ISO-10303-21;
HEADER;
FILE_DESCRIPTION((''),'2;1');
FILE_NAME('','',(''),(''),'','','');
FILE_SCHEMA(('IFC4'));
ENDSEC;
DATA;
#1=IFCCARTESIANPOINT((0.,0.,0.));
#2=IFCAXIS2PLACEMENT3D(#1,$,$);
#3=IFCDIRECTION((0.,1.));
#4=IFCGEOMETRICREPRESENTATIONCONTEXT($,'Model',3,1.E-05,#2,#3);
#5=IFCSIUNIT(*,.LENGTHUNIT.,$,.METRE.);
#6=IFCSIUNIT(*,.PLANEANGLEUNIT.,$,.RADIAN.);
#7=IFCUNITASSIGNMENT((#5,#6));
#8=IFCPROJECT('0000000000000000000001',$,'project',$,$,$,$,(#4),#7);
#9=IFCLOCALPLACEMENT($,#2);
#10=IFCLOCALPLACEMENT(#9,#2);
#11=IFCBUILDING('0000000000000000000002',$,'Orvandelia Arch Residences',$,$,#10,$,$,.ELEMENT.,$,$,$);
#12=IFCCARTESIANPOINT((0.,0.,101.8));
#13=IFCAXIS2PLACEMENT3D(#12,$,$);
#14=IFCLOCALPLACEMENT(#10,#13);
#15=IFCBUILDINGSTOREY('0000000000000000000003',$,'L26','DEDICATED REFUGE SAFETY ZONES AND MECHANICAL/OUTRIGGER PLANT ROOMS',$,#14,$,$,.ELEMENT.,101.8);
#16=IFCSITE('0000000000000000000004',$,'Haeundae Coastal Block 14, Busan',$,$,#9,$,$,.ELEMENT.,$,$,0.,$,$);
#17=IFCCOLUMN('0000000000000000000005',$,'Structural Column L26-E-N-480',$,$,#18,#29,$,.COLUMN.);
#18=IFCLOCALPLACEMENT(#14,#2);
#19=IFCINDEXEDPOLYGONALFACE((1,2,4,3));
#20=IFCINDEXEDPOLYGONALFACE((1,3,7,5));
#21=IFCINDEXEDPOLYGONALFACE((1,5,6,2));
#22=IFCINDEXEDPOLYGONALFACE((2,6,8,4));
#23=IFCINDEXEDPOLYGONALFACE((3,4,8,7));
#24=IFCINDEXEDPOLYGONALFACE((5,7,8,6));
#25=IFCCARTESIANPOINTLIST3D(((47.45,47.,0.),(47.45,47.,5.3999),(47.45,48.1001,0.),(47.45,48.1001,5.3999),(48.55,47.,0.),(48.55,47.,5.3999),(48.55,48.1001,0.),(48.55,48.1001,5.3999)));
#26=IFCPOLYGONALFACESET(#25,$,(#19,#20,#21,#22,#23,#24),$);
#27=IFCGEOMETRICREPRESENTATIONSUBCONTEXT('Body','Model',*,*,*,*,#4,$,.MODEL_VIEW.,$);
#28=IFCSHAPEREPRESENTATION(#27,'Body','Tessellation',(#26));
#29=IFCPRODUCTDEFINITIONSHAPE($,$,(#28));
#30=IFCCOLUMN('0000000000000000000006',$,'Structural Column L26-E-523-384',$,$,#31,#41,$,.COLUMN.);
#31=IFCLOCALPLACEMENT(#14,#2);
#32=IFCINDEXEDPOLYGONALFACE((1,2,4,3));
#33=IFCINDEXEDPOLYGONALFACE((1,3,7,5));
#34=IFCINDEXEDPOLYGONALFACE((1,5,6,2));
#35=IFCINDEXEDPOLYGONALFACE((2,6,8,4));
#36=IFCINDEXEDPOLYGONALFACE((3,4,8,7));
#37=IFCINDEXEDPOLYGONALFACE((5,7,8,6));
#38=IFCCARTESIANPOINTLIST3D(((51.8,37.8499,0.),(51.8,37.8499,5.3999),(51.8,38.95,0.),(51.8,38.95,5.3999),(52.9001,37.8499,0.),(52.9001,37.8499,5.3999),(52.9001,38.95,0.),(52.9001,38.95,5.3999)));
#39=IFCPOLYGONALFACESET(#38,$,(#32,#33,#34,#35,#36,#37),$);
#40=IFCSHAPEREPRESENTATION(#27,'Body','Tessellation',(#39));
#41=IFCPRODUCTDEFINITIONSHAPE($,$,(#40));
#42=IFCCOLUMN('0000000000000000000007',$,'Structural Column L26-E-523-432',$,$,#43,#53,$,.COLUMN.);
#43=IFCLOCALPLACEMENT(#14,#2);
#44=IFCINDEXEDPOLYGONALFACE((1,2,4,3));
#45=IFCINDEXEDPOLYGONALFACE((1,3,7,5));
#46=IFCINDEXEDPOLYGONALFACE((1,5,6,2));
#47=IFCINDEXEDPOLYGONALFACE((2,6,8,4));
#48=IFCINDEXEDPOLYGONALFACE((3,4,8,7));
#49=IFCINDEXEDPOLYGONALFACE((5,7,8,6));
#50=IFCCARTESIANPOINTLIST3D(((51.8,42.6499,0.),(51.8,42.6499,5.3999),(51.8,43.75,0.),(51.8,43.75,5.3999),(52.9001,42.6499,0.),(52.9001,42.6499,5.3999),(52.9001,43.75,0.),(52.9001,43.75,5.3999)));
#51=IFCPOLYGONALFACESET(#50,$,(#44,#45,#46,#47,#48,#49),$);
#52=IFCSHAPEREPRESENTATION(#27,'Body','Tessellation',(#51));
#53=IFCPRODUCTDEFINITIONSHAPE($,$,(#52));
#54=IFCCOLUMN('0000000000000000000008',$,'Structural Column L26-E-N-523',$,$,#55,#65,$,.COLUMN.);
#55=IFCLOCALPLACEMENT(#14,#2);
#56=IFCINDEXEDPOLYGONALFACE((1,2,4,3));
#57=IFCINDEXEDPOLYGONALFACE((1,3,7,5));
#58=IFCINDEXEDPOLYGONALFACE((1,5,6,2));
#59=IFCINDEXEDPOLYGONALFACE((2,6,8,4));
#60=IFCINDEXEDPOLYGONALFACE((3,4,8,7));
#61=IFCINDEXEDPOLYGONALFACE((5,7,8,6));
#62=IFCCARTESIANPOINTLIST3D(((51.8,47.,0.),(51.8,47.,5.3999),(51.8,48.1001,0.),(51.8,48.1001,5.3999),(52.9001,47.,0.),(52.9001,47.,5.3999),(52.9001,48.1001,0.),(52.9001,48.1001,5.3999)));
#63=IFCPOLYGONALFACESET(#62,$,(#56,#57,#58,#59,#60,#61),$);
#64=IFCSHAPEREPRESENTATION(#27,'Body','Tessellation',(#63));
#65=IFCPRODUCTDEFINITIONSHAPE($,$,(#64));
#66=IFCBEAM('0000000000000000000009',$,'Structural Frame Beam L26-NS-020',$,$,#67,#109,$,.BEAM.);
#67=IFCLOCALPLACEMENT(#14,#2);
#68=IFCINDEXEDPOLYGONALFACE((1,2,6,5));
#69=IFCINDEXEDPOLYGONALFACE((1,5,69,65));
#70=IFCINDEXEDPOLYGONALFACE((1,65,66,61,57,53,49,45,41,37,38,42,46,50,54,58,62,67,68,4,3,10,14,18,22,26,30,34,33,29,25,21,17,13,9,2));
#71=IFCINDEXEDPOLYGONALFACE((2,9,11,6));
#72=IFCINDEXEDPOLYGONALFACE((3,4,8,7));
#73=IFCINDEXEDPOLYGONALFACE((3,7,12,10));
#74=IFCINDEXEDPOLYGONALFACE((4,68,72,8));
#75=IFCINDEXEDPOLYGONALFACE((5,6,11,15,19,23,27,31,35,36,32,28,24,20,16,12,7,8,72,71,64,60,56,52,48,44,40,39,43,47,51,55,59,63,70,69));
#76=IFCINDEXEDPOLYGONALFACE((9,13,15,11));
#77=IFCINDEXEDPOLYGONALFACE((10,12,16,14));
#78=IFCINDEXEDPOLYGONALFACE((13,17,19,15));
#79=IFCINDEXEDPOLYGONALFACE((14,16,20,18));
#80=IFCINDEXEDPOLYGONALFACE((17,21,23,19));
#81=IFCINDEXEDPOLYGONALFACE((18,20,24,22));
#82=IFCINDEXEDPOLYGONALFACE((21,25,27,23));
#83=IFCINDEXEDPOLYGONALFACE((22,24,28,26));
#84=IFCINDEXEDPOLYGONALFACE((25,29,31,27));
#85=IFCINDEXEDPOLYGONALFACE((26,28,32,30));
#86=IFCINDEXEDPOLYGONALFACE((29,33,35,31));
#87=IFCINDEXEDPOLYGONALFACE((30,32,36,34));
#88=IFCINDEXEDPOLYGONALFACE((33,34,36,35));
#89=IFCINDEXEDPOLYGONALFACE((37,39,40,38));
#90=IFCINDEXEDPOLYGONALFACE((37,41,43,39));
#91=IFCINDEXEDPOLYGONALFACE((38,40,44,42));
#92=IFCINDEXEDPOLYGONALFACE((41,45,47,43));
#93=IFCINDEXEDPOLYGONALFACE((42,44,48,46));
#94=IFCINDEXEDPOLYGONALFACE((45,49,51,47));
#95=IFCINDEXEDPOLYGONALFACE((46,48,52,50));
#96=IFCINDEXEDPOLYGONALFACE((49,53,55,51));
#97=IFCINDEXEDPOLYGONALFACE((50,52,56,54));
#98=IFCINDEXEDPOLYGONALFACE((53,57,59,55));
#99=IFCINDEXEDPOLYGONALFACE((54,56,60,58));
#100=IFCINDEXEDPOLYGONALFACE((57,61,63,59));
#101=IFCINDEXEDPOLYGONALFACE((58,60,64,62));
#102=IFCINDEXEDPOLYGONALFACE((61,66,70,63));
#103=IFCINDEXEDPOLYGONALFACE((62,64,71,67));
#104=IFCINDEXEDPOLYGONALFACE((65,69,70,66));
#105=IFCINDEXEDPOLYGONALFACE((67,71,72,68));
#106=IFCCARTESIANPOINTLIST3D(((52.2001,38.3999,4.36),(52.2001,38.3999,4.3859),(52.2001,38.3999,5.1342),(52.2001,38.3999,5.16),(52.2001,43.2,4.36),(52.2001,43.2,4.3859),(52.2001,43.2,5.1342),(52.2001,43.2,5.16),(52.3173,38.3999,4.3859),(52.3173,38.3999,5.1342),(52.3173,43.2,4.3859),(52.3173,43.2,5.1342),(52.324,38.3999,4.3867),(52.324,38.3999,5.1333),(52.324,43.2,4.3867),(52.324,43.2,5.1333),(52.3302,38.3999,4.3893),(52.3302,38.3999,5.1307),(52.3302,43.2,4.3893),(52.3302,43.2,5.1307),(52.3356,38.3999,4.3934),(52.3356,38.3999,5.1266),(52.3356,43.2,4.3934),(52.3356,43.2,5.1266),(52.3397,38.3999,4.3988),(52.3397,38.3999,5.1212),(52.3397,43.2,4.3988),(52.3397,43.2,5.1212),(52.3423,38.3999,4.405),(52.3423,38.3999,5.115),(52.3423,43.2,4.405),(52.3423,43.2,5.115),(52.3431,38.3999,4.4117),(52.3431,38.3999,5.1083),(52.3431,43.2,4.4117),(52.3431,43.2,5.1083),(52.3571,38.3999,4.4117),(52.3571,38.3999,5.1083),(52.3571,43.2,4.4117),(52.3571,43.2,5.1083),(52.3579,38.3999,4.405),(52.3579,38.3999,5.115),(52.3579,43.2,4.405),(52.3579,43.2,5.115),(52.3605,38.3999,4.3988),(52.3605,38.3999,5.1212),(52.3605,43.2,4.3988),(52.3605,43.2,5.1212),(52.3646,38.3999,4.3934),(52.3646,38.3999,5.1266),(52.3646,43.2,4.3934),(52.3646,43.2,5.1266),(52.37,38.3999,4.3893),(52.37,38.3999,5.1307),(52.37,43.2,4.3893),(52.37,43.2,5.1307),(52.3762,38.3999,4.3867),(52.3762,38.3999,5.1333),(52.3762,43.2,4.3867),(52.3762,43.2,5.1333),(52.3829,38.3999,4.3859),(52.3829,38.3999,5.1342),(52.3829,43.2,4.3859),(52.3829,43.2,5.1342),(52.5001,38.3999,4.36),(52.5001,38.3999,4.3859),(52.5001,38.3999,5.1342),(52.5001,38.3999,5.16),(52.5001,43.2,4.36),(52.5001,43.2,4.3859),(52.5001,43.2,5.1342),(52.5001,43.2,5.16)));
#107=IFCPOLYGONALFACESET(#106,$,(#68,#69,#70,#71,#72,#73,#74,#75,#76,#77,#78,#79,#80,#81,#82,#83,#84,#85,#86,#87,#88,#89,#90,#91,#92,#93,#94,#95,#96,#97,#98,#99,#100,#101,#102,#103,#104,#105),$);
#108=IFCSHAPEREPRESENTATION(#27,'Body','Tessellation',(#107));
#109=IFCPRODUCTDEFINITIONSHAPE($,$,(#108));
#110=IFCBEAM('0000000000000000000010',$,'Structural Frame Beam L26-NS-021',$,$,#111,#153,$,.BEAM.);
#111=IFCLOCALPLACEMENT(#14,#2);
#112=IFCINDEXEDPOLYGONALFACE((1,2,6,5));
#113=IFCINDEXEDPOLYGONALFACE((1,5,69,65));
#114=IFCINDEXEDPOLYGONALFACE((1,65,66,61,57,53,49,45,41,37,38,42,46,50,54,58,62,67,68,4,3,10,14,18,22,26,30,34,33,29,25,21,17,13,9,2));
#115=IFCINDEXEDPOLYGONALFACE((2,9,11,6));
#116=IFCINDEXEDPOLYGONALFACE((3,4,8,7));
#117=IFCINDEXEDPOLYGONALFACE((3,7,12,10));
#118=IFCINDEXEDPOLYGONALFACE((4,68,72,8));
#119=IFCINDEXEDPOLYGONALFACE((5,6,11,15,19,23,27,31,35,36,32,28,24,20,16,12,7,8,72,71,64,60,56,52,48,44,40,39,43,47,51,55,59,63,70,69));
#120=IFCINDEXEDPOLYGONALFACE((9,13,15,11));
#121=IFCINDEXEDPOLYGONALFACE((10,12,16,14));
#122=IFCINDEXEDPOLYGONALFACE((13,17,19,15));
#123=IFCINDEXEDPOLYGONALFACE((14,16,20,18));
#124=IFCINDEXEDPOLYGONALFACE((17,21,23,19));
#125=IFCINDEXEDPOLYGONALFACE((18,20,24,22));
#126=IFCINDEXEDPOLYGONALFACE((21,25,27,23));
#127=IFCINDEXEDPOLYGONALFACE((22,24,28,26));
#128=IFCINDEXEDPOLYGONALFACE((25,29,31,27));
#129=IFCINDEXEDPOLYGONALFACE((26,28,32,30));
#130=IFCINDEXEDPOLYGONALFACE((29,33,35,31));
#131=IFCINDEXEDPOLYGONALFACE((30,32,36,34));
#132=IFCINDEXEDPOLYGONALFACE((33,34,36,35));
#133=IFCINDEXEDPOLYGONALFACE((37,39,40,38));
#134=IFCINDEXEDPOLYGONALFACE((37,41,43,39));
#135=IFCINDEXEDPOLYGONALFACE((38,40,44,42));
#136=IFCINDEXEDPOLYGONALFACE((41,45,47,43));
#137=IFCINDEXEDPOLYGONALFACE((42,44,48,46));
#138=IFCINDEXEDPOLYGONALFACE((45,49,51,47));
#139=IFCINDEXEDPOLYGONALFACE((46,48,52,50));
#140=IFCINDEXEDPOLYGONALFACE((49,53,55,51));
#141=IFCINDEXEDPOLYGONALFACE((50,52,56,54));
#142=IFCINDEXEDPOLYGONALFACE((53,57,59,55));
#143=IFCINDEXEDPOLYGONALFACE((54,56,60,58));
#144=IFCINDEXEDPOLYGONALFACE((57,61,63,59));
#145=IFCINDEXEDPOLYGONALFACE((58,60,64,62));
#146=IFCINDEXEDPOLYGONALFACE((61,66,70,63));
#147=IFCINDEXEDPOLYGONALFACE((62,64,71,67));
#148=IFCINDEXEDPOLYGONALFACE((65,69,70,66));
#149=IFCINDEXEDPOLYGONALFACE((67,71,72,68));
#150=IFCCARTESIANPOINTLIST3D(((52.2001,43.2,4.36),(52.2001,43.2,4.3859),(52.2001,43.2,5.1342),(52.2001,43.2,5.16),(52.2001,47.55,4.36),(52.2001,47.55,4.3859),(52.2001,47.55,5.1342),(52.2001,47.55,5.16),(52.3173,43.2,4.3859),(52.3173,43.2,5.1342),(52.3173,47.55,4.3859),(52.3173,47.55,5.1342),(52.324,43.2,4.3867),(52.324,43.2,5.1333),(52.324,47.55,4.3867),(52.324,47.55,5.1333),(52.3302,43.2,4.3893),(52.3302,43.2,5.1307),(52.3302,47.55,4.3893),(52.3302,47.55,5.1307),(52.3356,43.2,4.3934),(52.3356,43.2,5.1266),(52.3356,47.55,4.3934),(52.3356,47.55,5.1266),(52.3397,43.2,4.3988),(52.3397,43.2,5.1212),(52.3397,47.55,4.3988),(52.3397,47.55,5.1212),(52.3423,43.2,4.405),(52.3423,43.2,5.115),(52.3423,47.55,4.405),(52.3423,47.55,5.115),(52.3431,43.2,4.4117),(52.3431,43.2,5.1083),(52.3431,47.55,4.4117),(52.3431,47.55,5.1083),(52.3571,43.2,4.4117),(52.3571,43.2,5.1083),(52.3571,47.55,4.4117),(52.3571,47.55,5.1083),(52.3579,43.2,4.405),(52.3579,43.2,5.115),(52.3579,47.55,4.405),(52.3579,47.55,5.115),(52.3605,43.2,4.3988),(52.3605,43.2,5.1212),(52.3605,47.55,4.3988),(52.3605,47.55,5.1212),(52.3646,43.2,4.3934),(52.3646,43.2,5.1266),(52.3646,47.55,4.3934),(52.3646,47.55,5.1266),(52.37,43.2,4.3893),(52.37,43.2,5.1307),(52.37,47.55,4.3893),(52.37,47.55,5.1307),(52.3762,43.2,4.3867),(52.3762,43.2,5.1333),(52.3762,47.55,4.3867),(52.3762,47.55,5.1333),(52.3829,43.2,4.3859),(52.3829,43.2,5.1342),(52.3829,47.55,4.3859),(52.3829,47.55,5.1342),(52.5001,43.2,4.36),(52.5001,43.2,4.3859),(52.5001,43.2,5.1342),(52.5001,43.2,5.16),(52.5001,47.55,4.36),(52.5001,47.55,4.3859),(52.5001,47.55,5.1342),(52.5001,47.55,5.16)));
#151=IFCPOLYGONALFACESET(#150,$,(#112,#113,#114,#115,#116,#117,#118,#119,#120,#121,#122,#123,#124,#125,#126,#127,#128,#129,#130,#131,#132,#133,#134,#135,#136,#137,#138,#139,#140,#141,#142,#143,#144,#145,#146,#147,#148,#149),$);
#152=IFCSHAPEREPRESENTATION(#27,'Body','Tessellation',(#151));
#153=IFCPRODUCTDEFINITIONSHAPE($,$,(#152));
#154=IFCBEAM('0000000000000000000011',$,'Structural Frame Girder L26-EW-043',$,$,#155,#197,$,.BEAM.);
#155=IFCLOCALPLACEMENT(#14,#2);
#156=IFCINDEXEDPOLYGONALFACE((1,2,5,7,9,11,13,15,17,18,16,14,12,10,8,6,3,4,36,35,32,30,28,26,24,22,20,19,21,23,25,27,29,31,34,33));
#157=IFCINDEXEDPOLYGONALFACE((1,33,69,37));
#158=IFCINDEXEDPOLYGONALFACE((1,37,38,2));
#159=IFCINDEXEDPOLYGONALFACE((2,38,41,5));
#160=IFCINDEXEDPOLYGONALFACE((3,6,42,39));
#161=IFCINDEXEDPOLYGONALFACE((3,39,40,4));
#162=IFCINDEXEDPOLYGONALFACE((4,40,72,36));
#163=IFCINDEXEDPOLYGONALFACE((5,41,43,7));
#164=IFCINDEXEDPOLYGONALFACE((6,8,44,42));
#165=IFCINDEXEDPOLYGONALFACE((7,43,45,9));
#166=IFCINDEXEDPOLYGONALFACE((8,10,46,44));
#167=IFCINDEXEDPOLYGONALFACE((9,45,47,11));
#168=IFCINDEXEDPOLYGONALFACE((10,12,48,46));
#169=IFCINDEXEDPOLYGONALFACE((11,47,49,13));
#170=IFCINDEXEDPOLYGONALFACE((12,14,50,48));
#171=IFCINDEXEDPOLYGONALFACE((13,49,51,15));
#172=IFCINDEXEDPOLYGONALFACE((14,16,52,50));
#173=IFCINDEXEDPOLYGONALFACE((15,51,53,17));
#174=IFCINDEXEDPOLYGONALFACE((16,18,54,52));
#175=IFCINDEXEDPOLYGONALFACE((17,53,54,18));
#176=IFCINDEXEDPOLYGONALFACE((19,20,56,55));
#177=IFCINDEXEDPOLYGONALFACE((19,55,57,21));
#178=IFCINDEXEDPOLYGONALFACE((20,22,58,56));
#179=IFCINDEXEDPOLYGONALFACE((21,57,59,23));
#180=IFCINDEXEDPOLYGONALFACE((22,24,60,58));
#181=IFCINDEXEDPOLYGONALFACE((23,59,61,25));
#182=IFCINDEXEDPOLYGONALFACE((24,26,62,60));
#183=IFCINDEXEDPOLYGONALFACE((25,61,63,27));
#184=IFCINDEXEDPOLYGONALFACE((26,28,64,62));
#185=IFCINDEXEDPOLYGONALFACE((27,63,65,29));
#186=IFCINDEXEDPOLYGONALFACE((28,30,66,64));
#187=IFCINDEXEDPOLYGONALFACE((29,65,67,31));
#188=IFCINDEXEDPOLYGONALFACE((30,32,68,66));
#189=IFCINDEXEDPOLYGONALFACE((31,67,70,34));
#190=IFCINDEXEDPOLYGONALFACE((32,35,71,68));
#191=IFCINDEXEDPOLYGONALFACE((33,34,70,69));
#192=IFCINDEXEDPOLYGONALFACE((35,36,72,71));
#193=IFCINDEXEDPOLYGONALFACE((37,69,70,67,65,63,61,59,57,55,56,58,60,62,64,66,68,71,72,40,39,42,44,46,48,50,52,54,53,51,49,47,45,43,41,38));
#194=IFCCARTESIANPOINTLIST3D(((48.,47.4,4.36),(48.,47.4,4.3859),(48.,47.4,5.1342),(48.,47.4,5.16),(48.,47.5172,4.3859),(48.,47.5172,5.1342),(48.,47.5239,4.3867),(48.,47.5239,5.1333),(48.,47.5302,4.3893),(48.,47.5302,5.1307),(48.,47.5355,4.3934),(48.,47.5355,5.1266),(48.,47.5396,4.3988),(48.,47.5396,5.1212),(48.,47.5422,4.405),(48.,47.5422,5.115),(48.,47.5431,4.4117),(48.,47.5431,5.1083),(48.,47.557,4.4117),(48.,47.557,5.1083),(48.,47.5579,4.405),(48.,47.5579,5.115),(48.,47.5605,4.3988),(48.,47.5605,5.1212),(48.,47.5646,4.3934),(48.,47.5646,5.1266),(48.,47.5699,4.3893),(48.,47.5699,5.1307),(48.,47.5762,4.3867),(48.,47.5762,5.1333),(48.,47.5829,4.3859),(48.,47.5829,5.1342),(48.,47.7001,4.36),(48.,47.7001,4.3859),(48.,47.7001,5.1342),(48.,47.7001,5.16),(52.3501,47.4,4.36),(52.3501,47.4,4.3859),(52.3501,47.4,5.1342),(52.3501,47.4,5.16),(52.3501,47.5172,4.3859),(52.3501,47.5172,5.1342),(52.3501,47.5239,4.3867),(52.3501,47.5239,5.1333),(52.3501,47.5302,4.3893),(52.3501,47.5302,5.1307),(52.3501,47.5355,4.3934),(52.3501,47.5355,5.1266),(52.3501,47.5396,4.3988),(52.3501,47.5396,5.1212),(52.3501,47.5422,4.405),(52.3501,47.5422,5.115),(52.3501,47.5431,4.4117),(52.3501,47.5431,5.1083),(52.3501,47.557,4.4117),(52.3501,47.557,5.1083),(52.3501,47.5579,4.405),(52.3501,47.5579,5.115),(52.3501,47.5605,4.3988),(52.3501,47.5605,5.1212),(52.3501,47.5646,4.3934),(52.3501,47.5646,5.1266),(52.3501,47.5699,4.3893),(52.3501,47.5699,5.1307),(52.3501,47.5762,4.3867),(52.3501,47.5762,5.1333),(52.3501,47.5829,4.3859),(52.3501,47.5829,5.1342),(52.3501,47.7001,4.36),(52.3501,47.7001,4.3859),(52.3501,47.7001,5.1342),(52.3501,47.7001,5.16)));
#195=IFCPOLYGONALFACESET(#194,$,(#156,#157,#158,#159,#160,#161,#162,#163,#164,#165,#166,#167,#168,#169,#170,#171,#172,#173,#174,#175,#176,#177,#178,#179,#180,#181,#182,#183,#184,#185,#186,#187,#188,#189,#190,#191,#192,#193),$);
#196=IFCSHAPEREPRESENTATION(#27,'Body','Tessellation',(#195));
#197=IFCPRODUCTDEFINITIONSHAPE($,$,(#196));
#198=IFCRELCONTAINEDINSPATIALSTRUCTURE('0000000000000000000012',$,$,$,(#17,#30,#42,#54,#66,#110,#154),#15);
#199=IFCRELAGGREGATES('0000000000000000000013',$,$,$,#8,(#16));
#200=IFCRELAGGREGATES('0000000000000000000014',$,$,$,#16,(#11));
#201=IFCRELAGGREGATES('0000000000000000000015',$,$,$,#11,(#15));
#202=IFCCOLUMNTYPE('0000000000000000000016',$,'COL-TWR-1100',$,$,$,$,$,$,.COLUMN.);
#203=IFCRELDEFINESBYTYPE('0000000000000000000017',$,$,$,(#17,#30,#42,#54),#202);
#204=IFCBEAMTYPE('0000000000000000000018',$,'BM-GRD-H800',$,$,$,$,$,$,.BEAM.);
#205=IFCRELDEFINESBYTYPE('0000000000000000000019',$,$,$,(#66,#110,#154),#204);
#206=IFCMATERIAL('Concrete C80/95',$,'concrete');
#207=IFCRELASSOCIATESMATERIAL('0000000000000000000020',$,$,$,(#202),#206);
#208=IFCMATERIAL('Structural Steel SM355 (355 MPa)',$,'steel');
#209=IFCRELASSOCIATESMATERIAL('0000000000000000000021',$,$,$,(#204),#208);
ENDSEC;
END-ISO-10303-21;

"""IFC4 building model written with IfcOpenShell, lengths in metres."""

from ifc_helpers import new_model, si_unit, direction, frame, origin, origin_2d, place, context, subcontext, project, spatial, rectangle, i_section, extrude, material, material_profile, profile_set, type_object, element, save


model = new_model("IFC4")

# Units and contexts
model_context = context("Model", 3, precision=1e-05, world=origin(), true_north=direction((0.0, 1.0)))
body_context = subcontext(model_context, "Body", "Model", "MODEL_VIEW")
ifc_project = project(units=[si_unit("LENGTHUNIT", "METRE"), si_unit("PLANEANGLEUNIT", "RADIAN")], contexts=[model_context])

# Site, building, storey
site_placement = place(None, origin())
site = spatial("IfcSite", under=ifc_project, at=site_placement, Name="Haeundae Coastal Block 14, Busan", CompositionType="ELEMENT", RefElevation=0.0)
building_placement = place(site_placement, origin())
building = spatial("IfcBuilding", under=site, at=building_placement, Name="Orvandelia Arch Residences", CompositionType="ELEMENT")
storey_placement = place(building_placement, frame((0.0, 0.0, 101.8)))
storey = spatial("IfcBuildingStorey", under=building, at=storey_placement, Name="L26", Description="DEDICATED REFUGE SAFETY ZONES AND MECHANICAL/OUTRIGGER PLANT ROOMS", CompositionType="ELEMENT", Elevation=101.8)

# Columns
ifc_material_1 = material(Name="Concrete C80/95", Category="concrete")
ifc_material_profile_1 = material_profile(ifc_material_1, rectangle(XDim=1.1001, YDim=1.1001, at=origin_2d()), Name="Concrete C80/95", Category="concrete")
ifc_profile_set_1 = profile_set([ifc_material_profile_1], Name="Concrete C80/95")
column_type = type_object("IfcColumnType", Name="COL-TWR-1100", PredefinedType="COLUMN", material=ifc_profile_set_1)
for number, where, z_axis, x_axis, name in (
    (1, (48.0, 47.55, 0.0), (0.0, 0.0, 1.0), (1.0, 0.0, 0.0), "Structural Column L26-E-N-480"),
    (2, (52.3501, 38.3999, 0.0), (0.0, 0.0, 1.0), (1.0, 0.0, 0.0), "Structural Column L26-E-523-384"),
    (3, (52.3501, 43.2, 0.0), (0.0, 0.0, 1.0), (1.0, 0.0, 0.0), "Structural Column L26-E-523-432"),
    (4, (52.3501, 47.55, 0.0), (0.0, 0.0, 1.0), (1.0, 0.0, 0.0), "Structural Column L26-E-N-523"),
):
    element("IfcColumn", number, at=place(storey_placement, frame(where, z_axis=z_axis, x_axis=x_axis)), inside=storey, type_object=column_type, Name=name, PredefinedType="COLUMN", context=body_context, shape_type="SweptSolid", body=[
        extrude(rectangle(XDim=1.1001, YDim=1.1001, at=origin_2d()), origin(), (0.0, 0.0, 1.0), 5.3999),
    ])

# Beams
ifc_material_2 = material(Name="Structural Steel SM355 (355 MPa)", Category="steel")
ifc_material_profile_2 = material_profile(ifc_material_2, i_section(OverallWidth=0.3, OverallDepth=0.8, WebThickness=0.0139, FlangeThickness=0.0259, FilletRadius=0.0259, at=origin_2d()), Name="Structural Steel SM355 (355 MPa)", Category="steel")
ifc_profile_set_2 = profile_set([ifc_material_profile_2], Name="Structural Steel SM355 (355 MPa)")
beam_type = type_object("IfcBeamType", Name="BM-GRD-H800", PredefinedType="BEAM", material=ifc_profile_set_2)
beam_placement = place(storey_placement, frame((52.3501, 38.3999, 4.76), z_axis=(0.0, 1.0, 0.0), x_axis=(-1.0, 0.0, 0.0)))
element("IfcBeam", 5, at=beam_placement, inside=storey, type_object=beam_type, Name="Structural Frame Beam L26-NS-020", PredefinedType="BEAM", context=body_context, shape_type="SweptSolid", body=[
    extrude(i_section(OverallWidth=0.3, OverallDepth=0.8, WebThickness=0.0139, FlangeThickness=0.0259, FilletRadius=0.0259, at=origin_2d()), origin(), (0.0, 0.0, 1.0), 4.8),
])
for number, where, z_axis, x_axis, name in (
    (6, (52.3501, 43.2, 4.76), (0.0, 1.0, 0.0), (-1.0, 0.0, 0.0), "Structural Frame Beam L26-NS-021"),
    (7, (48.0, 47.55, 4.76), (1.0, 0.0, 0.0), (0.0, 1.0, 0.0), "Structural Frame Girder L26-EW-043"),
):
    element("IfcBeam", number, at=place(storey_placement, frame(where, z_axis=z_axis, x_axis=x_axis)), inside=storey, type_object=beam_type, Name=name, PredefinedType="BEAM", context=body_context, shape_type="SweptSolid", body=[
        extrude(i_section(OverallWidth=0.3, OverallDepth=0.8, WebThickness=0.0139, FlangeThickness=0.0259, FilletRadius=0.0259, at=origin_2d()), origin(), (0.0, 0.0, 1.0), 4.3501),
    ])

save(model, "model.ifc")
